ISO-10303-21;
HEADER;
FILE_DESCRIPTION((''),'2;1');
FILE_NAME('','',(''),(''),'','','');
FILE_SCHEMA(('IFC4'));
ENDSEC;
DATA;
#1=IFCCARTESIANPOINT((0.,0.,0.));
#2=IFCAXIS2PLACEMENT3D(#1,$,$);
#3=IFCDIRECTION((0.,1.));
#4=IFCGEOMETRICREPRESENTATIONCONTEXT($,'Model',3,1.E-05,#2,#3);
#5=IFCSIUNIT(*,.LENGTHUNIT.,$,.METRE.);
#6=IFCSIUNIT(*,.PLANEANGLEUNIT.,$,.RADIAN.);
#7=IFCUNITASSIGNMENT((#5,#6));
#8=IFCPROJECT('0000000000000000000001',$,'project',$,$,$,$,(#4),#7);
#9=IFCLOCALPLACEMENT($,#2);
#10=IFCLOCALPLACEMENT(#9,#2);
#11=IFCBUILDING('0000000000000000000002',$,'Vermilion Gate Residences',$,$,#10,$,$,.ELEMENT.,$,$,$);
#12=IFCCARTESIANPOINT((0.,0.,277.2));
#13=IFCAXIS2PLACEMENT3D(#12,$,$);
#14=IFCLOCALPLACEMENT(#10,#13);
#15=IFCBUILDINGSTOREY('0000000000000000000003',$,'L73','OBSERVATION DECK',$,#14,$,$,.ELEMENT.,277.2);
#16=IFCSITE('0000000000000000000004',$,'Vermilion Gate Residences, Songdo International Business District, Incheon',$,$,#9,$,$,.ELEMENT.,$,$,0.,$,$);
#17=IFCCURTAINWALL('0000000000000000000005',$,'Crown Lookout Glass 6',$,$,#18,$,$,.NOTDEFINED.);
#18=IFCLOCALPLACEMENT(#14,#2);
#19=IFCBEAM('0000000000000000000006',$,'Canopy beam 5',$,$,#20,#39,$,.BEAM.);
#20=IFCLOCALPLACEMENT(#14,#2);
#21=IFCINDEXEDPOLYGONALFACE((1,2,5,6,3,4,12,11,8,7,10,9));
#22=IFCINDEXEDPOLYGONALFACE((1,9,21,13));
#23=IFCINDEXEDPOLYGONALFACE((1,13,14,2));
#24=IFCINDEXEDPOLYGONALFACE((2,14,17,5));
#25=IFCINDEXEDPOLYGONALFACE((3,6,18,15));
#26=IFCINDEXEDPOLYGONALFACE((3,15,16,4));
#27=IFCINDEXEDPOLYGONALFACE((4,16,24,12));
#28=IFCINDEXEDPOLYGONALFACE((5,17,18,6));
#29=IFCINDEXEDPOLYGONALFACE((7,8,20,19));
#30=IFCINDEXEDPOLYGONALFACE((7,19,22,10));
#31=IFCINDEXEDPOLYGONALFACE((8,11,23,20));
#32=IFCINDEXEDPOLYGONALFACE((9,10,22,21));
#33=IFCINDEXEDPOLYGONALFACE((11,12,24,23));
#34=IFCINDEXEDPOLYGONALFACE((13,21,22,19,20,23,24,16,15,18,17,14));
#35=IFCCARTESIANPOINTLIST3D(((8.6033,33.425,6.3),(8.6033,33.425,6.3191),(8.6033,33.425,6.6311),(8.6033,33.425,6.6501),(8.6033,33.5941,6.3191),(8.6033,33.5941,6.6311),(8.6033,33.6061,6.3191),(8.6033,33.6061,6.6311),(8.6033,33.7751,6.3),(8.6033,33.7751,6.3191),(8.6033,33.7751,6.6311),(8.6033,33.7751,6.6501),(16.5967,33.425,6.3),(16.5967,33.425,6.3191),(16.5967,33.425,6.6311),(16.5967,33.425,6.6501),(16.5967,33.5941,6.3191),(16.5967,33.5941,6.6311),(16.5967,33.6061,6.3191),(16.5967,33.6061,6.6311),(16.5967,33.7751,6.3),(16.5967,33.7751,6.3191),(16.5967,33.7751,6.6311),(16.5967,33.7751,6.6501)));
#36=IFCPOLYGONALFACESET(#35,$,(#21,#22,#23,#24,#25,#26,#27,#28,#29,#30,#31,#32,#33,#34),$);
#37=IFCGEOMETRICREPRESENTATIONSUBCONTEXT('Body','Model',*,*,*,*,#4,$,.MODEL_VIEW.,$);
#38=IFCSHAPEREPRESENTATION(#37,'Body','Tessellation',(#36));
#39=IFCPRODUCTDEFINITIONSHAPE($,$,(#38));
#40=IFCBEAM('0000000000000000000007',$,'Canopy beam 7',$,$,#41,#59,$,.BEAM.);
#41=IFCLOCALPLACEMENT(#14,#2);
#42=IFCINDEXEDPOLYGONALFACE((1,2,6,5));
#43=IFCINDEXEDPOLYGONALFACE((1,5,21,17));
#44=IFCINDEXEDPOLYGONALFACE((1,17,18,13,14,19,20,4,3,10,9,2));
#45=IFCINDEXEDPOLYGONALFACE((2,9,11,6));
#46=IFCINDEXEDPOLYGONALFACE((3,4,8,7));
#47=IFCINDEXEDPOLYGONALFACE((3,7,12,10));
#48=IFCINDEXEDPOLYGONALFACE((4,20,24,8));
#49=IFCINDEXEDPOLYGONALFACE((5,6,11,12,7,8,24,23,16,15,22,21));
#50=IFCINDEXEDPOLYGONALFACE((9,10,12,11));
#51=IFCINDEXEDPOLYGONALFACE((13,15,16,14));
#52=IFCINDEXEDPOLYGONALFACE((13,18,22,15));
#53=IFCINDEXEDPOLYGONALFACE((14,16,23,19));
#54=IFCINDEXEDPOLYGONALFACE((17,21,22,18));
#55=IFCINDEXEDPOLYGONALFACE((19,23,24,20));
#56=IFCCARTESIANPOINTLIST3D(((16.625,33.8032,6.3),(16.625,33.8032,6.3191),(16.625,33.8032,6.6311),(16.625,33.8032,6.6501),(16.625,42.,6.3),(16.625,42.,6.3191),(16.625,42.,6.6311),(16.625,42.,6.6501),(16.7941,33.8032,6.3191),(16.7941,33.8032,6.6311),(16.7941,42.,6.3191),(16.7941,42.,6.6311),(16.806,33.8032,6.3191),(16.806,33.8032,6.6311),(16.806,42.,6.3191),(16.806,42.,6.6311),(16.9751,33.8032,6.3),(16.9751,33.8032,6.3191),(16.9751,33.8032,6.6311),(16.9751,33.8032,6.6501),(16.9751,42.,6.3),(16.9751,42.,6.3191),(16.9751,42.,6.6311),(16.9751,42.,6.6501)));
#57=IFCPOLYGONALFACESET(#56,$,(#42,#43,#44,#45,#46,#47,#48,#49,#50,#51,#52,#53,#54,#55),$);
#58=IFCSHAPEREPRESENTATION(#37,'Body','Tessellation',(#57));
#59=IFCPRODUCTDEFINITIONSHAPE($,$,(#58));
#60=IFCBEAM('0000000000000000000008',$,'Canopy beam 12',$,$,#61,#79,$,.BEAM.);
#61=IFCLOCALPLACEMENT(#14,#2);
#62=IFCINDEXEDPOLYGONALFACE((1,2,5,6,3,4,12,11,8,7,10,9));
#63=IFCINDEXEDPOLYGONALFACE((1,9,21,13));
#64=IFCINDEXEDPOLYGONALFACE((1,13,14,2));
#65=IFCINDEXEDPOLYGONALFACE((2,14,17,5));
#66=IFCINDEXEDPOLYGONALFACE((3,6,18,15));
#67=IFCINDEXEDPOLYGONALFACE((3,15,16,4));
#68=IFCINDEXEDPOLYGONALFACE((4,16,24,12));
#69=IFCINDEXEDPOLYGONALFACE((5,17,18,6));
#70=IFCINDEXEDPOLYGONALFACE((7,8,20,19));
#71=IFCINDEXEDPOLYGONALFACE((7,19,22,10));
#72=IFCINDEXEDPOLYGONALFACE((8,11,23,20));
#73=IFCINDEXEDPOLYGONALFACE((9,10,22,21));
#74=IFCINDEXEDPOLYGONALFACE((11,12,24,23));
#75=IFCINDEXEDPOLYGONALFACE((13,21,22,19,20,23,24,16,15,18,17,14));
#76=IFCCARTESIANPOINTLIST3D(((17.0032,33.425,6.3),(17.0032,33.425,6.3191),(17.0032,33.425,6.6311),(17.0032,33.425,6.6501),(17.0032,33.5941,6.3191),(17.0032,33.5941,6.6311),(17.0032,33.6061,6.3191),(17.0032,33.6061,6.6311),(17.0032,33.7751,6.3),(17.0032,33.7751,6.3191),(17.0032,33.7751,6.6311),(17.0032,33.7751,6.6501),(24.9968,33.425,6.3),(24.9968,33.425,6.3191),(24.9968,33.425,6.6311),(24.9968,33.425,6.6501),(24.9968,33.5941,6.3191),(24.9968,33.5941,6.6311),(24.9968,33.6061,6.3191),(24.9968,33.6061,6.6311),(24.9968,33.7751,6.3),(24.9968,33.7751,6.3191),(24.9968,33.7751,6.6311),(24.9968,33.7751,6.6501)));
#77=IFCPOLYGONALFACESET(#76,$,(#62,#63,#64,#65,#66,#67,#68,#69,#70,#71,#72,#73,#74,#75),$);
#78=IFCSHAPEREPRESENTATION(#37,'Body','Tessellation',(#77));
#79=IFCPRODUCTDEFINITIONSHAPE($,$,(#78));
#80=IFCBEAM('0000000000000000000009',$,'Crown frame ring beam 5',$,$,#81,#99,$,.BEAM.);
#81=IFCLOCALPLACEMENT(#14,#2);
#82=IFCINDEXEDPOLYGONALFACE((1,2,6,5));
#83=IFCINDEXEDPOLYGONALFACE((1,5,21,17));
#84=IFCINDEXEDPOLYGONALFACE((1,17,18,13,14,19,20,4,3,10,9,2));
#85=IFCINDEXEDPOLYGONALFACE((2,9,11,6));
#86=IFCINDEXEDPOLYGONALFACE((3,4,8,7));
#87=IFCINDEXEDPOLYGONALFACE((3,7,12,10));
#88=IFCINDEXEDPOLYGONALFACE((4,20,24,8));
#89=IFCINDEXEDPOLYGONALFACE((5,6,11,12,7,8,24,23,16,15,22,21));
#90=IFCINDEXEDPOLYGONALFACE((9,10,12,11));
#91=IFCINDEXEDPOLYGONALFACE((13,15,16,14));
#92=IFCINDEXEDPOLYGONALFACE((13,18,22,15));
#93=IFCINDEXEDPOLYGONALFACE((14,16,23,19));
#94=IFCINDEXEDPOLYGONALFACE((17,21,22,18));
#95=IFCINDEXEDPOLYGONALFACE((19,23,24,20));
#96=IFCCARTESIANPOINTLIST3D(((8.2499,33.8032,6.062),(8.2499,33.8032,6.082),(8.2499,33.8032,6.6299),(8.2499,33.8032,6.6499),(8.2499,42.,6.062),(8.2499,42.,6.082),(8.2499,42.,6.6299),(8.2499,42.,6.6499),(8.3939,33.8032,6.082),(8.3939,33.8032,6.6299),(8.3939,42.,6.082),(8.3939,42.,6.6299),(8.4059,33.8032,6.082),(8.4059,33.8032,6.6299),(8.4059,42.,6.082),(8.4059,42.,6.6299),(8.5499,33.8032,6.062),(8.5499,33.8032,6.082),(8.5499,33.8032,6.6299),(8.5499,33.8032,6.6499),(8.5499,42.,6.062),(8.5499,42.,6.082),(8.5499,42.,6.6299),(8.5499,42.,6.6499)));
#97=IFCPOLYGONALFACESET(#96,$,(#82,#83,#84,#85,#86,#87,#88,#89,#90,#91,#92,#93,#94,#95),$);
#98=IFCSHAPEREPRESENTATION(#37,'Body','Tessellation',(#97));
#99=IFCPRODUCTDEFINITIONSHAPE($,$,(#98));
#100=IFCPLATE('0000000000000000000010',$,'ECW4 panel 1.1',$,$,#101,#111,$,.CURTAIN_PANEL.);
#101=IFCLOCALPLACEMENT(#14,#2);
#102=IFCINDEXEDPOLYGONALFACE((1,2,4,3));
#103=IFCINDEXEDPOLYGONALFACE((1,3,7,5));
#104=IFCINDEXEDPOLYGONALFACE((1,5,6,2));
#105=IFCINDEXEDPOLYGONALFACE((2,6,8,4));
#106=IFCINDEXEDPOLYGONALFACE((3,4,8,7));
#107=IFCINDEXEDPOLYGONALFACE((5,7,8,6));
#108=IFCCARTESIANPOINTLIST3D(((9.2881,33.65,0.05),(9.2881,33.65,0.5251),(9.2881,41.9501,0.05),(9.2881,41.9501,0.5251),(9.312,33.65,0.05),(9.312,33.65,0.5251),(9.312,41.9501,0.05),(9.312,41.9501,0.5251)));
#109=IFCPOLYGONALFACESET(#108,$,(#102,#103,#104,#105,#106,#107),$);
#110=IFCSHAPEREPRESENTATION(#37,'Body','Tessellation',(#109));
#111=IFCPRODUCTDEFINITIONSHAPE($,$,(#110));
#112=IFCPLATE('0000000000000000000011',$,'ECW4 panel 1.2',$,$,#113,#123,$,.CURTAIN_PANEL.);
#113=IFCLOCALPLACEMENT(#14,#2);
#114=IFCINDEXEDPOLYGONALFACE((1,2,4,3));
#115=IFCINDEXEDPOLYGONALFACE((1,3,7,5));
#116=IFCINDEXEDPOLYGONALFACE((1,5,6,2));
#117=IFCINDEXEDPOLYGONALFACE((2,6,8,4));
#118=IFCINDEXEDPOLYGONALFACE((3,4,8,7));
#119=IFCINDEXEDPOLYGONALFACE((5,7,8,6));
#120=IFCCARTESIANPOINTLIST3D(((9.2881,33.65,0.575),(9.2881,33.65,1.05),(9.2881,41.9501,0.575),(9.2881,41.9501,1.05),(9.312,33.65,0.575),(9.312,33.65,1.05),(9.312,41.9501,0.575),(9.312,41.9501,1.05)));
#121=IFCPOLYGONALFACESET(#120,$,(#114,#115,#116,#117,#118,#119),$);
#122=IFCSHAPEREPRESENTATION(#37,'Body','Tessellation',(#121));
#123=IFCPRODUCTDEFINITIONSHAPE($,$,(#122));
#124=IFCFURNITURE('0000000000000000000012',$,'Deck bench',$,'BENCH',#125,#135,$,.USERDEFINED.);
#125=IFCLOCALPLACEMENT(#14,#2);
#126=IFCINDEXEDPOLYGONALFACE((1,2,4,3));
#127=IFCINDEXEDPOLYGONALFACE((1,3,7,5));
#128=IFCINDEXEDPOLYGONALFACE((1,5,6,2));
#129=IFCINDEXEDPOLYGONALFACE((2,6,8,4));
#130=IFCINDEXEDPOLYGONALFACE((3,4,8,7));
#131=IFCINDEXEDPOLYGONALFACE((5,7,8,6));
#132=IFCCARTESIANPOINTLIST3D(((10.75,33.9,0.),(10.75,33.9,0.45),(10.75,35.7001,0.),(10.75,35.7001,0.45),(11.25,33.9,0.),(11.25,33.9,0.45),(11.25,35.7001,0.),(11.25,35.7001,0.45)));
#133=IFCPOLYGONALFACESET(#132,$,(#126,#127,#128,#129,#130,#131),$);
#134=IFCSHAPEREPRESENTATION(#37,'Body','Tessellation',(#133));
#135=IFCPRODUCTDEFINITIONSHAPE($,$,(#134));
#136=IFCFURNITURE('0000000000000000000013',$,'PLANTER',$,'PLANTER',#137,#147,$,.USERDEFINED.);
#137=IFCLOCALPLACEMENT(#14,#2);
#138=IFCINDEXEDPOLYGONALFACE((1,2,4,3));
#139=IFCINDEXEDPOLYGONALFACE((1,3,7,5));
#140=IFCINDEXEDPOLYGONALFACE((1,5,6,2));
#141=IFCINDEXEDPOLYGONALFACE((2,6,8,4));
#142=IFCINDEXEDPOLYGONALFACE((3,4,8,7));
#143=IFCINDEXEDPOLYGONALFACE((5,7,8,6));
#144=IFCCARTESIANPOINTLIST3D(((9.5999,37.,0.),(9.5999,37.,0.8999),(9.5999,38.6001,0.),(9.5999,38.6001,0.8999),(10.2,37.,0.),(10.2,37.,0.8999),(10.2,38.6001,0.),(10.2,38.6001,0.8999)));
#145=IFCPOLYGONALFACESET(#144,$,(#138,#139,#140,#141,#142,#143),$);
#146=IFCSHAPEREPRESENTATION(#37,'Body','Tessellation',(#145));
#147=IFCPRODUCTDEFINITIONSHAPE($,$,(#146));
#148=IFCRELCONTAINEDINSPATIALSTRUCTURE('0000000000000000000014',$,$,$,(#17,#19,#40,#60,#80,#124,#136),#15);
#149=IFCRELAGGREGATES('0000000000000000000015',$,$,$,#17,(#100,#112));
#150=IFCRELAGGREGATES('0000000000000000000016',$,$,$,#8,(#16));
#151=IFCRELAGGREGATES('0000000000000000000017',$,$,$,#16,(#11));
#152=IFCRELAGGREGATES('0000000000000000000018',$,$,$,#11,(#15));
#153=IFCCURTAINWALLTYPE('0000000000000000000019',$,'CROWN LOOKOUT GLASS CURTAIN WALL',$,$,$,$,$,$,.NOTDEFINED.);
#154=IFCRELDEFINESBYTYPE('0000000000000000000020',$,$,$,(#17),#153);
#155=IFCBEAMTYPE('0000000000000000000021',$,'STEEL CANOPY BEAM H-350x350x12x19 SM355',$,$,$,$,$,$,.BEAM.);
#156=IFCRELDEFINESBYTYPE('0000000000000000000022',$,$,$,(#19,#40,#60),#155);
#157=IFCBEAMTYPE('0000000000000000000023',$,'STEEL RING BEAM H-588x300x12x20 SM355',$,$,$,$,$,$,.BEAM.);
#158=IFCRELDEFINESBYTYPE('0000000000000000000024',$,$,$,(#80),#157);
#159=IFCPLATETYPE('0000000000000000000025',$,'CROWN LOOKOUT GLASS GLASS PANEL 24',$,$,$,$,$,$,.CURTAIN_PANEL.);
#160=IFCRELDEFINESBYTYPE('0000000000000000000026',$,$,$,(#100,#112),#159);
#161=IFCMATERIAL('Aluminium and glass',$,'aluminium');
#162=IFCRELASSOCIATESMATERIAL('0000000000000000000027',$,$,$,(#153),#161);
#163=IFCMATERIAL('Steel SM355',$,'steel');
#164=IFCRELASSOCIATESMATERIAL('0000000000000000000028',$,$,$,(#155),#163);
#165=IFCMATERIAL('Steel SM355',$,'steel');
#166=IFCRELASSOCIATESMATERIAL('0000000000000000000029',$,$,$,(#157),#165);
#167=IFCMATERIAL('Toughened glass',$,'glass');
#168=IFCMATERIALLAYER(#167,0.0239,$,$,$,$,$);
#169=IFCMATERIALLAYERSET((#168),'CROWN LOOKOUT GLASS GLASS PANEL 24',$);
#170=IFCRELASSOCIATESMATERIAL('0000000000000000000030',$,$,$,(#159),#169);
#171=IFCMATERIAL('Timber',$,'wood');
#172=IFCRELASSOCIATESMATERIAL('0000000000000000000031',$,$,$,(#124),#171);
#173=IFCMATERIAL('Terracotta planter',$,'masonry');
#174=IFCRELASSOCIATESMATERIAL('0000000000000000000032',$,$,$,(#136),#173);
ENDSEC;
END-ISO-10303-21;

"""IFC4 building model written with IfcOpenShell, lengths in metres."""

from ifc_helpers import new_model, si_unit, direction, frame, origin, origin_2d, place, context, subcontext, project, spatial, rectangle, i_section, extrude, material, layer, layer_set, material_profile, profile_set, type_object, element, aggregate, save


model = new_model("IFC4")

# Units and contexts
model_context = context("Model", 3, precision=1e-05, world=origin(), true_north=direction((0.0, 1.0)))
body_context = subcontext(model_context, "Body", "Model", "MODEL_VIEW")
ifc_project = project(units=[si_unit("LENGTHUNIT", "METRE"), si_unit("PLANEANGLEUNIT", "RADIAN")], contexts=[model_context])

# Site, building, storey
site_placement = place(None, origin())
site = spatial("IfcSite", under=ifc_project, at=site_placement, Name="Vermilion Gate Residences, Songdo International Business District, Incheon", CompositionType="ELEMENT", RefElevation=0.0)
building_placement = place(site_placement, origin())
building = spatial("IfcBuilding", under=site, at=building_placement, Name="Vermilion Gate Residences", CompositionType="ELEMENT")
storey_placement = place(building_placement, frame((0.0, 0.0, 277.2)))
storey = spatial("IfcBuildingStorey", under=building, at=storey_placement, Name="L73", Description="OBSERVATION DECK", CompositionType="ELEMENT", Elevation=277.2)

# Curtain wall
ifc_material_1 = material(Name="Aluminium and glass", Category="aluminium")
curtain_wall_type = type_object("IfcCurtainWallType", Name="CROWN LOOKOUT GLASS CURTAIN WALL", PredefinedType="NOTDEFINED", material=ifc_material_1)
curtain_wall_1_placement = place(storey_placement, origin())
curtain_wall_1 = element("IfcCurtainWall", 1, at=curtain_wall_1_placement, inside=storey, type_object=curtain_wall_type, Name="Crown Lookout Glass 6", PredefinedType="NOTDEFINED")

# Beams
ifc_material_2 = material(Name="Steel SM355", Category="steel")
ifc_material_profile_1 = material_profile(ifc_material_2, i_section(OverallWidth=0.3501, OverallDepth=0.3501, WebThickness=0.012, FlangeThickness=0.019, at=origin_2d()), Name="H-350x350x12x19")
ifc_profile_set_1 = profile_set([ifc_material_profile_1], Name="Steel SM355")
beam_type_1 = type_object("IfcBeamType", Name="STEEL CANOPY BEAM H-350x350x12x19 SM355", PredefinedType="BEAM", material=ifc_profile_set_1)
beam_1_placement = place(storey_placement, frame((8.6033, 33.6001, 6.4751), z_axis=(1.0, 0.0, 0.0), x_axis=(0.0, 1.0, 0.0)))
element("IfcBeam", 2, at=beam_1_placement, inside=storey, type_object=beam_type_1, Name="Canopy beam 5", PredefinedType="BEAM", context=body_context, shape_type="SweptSolid", body=[
    extrude(i_section(OverallWidth=0.3501, OverallDepth=0.3501, WebThickness=0.012, FlangeThickness=0.019, at=origin_2d()), origin(), (0.0, 0.0, 1.0), 7.9934),
])
beam_2_placement = place(storey_placement, frame((16.8, 33.8032, 6.4751), z_axis=(0.0, 1.0, 0.0), x_axis=(-1.0, 0.0, 0.0)))
element("IfcBeam", 3, at=beam_2_placement, inside=storey, type_object=beam_type_1, Name="Canopy beam 7", PredefinedType="BEAM", context=body_context, shape_type="SweptSolid", body=[
    extrude(i_section(OverallWidth=0.3501, OverallDepth=0.3501, WebThickness=0.012, FlangeThickness=0.019, at=origin_2d()), origin(), (0.0, 0.0, 1.0), 8.1968),
])
beam_3_placement = place(storey_placement, frame((17.0032, 33.6001, 6.4751), z_axis=(1.0, 0.0, 0.0), x_axis=(0.0, 1.0, 0.0)))
element("IfcBeam", 4, at=beam_3_placement, inside=storey, type_object=beam_type_1, Name="Canopy beam 12", PredefinedType="BEAM", context=body_context, shape_type="SweptSolid", body=[
    extrude(i_section(OverallWidth=0.3501, OverallDepth=0.3501, WebThickness=0.012, FlangeThickness=0.019, at=origin_2d()), origin(), (0.0, 0.0, 1.0), 7.9937),
])
ifc_material_3 = material(Name="Steel SM355", Category="steel")
ifc_material_profile_2 = material_profile(ifc_material_3, i_section(OverallWidth=0.3, OverallDepth=0.5879, WebThickness=0.012, FlangeThickness=0.02, at=origin_2d()), Name="H-588x300x12x20")
ifc_profile_set_2 = profile_set([ifc_material_profile_2], Name="Steel SM355")
beam_type_2 = type_object("IfcBeamType", Name="STEEL RING BEAM H-588x300x12x20 SM355", PredefinedType="BEAM", material=ifc_profile_set_2)
beam_4_placement = place(storey_placement, frame((8.3999, 33.8032, 6.356), z_axis=(0.0, 1.0, 0.0), x_axis=(-1.0, 0.0, 0.0)))
element("IfcBeam", 5, at=beam_4_placement, inside=storey, type_object=beam_type_2, Name="Crown frame ring beam 5", PredefinedType="BEAM", context=body_context, shape_type="SweptSolid", body=[
    extrude(i_section(OverallWidth=0.3, OverallDepth=0.5879, WebThickness=0.012, FlangeThickness=0.02, at=origin_2d()), origin(), (0.0, 0.0, 1.0), 8.1968),
])

# Plates
ifc_material_4 = material(Name="Toughened glass", Category="glass")
ifc_layer = layer(ifc_material_4, 0.0239)
ifc_layer_set = layer_set([ifc_layer], Name="CROWN LOOKOUT GLASS GLASS PANEL 24")
plate_type = type_object("IfcPlateType", Name="CROWN LOOKOUT GLASS GLASS PANEL 24", PredefinedType="CURTAIN_PANEL", material=ifc_layer_set)
plate_1_placement = place(storey_placement, frame((9.3, 37.8, 0.05), z_axis=(0.0, 0.0, 1.0), x_axis=(0.0, -1.0, 0.0)))
plate_1 = element("IfcPlate", 6, at=plate_1_placement, type_object=plate_type, Name="ECW4 panel 1.1", PredefinedType="CURTAIN_PANEL", context=body_context, shape_type="SweptSolid", body=[
    extrude(rectangle(XDim=8.3, YDim=0.0239, at=origin_2d()), origin(), (0.0, 0.0, 1.0), 0.4751),
])
plate_2_placement = place(storey_placement, frame((9.3, 37.8, 0.575), z_axis=(0.0, 0.0, 1.0), x_axis=(0.0, -1.0, 0.0)))
plate_2 = element("IfcPlate", 7, at=plate_2_placement, type_object=plate_type, Name="ECW4 panel 1.2", PredefinedType="CURTAIN_PANEL", context=body_context, shape_type="SweptSolid", body=[
    extrude(rectangle(XDim=8.3, YDim=0.0239, at=origin_2d()), origin(), (0.0, 0.0, 1.0), 0.4751),
])
aggregate(curtain_wall_1, [plate_1, plate_2])

# Furniture
ifc_material_5 = material(Name="Timber", Category="wood")
furniture_1_placement = place(storey_placement, frame((11.0, 34.8, 0.0), z_axis=(0.0, 0.0, 1.0), x_axis=(0.0, 1.0, 0.0)))
element("IfcFurniture", 8, at=furniture_1_placement, inside=storey, material=ifc_material_5, Name="Deck bench", ObjectType="BENCH", PredefinedType="USERDEFINED", context=body_context, shape_type="SweptSolid", body=[
    extrude(rectangle(XDim=1.8, YDim=0.5, at=origin_2d()), origin(), (0.0, 0.0, 1.0), 0.45),
])
ifc_material_6 = material(Name="Terracotta planter", Category="masonry")
furniture_2_placement = place(storey_placement, frame((9.8999, 37.8, 0.0), z_axis=(0.0, 0.0, 1.0), x_axis=(0.0, -1.0, 0.0)))
element("IfcFurniture", 9, at=furniture_2_placement, inside=storey, material=ifc_material_6, Name="PLANTER", ObjectType="PLANTER", PredefinedType="USERDEFINED", context=body_context, shape_type="SweptSolid", body=[
    extrude(rectangle(XDim=1.6001, YDim=0.6001, at=origin_2d()), origin(), (0.0, 0.0, 1.0), 0.8999),
])

save(model, "model.ifc")
